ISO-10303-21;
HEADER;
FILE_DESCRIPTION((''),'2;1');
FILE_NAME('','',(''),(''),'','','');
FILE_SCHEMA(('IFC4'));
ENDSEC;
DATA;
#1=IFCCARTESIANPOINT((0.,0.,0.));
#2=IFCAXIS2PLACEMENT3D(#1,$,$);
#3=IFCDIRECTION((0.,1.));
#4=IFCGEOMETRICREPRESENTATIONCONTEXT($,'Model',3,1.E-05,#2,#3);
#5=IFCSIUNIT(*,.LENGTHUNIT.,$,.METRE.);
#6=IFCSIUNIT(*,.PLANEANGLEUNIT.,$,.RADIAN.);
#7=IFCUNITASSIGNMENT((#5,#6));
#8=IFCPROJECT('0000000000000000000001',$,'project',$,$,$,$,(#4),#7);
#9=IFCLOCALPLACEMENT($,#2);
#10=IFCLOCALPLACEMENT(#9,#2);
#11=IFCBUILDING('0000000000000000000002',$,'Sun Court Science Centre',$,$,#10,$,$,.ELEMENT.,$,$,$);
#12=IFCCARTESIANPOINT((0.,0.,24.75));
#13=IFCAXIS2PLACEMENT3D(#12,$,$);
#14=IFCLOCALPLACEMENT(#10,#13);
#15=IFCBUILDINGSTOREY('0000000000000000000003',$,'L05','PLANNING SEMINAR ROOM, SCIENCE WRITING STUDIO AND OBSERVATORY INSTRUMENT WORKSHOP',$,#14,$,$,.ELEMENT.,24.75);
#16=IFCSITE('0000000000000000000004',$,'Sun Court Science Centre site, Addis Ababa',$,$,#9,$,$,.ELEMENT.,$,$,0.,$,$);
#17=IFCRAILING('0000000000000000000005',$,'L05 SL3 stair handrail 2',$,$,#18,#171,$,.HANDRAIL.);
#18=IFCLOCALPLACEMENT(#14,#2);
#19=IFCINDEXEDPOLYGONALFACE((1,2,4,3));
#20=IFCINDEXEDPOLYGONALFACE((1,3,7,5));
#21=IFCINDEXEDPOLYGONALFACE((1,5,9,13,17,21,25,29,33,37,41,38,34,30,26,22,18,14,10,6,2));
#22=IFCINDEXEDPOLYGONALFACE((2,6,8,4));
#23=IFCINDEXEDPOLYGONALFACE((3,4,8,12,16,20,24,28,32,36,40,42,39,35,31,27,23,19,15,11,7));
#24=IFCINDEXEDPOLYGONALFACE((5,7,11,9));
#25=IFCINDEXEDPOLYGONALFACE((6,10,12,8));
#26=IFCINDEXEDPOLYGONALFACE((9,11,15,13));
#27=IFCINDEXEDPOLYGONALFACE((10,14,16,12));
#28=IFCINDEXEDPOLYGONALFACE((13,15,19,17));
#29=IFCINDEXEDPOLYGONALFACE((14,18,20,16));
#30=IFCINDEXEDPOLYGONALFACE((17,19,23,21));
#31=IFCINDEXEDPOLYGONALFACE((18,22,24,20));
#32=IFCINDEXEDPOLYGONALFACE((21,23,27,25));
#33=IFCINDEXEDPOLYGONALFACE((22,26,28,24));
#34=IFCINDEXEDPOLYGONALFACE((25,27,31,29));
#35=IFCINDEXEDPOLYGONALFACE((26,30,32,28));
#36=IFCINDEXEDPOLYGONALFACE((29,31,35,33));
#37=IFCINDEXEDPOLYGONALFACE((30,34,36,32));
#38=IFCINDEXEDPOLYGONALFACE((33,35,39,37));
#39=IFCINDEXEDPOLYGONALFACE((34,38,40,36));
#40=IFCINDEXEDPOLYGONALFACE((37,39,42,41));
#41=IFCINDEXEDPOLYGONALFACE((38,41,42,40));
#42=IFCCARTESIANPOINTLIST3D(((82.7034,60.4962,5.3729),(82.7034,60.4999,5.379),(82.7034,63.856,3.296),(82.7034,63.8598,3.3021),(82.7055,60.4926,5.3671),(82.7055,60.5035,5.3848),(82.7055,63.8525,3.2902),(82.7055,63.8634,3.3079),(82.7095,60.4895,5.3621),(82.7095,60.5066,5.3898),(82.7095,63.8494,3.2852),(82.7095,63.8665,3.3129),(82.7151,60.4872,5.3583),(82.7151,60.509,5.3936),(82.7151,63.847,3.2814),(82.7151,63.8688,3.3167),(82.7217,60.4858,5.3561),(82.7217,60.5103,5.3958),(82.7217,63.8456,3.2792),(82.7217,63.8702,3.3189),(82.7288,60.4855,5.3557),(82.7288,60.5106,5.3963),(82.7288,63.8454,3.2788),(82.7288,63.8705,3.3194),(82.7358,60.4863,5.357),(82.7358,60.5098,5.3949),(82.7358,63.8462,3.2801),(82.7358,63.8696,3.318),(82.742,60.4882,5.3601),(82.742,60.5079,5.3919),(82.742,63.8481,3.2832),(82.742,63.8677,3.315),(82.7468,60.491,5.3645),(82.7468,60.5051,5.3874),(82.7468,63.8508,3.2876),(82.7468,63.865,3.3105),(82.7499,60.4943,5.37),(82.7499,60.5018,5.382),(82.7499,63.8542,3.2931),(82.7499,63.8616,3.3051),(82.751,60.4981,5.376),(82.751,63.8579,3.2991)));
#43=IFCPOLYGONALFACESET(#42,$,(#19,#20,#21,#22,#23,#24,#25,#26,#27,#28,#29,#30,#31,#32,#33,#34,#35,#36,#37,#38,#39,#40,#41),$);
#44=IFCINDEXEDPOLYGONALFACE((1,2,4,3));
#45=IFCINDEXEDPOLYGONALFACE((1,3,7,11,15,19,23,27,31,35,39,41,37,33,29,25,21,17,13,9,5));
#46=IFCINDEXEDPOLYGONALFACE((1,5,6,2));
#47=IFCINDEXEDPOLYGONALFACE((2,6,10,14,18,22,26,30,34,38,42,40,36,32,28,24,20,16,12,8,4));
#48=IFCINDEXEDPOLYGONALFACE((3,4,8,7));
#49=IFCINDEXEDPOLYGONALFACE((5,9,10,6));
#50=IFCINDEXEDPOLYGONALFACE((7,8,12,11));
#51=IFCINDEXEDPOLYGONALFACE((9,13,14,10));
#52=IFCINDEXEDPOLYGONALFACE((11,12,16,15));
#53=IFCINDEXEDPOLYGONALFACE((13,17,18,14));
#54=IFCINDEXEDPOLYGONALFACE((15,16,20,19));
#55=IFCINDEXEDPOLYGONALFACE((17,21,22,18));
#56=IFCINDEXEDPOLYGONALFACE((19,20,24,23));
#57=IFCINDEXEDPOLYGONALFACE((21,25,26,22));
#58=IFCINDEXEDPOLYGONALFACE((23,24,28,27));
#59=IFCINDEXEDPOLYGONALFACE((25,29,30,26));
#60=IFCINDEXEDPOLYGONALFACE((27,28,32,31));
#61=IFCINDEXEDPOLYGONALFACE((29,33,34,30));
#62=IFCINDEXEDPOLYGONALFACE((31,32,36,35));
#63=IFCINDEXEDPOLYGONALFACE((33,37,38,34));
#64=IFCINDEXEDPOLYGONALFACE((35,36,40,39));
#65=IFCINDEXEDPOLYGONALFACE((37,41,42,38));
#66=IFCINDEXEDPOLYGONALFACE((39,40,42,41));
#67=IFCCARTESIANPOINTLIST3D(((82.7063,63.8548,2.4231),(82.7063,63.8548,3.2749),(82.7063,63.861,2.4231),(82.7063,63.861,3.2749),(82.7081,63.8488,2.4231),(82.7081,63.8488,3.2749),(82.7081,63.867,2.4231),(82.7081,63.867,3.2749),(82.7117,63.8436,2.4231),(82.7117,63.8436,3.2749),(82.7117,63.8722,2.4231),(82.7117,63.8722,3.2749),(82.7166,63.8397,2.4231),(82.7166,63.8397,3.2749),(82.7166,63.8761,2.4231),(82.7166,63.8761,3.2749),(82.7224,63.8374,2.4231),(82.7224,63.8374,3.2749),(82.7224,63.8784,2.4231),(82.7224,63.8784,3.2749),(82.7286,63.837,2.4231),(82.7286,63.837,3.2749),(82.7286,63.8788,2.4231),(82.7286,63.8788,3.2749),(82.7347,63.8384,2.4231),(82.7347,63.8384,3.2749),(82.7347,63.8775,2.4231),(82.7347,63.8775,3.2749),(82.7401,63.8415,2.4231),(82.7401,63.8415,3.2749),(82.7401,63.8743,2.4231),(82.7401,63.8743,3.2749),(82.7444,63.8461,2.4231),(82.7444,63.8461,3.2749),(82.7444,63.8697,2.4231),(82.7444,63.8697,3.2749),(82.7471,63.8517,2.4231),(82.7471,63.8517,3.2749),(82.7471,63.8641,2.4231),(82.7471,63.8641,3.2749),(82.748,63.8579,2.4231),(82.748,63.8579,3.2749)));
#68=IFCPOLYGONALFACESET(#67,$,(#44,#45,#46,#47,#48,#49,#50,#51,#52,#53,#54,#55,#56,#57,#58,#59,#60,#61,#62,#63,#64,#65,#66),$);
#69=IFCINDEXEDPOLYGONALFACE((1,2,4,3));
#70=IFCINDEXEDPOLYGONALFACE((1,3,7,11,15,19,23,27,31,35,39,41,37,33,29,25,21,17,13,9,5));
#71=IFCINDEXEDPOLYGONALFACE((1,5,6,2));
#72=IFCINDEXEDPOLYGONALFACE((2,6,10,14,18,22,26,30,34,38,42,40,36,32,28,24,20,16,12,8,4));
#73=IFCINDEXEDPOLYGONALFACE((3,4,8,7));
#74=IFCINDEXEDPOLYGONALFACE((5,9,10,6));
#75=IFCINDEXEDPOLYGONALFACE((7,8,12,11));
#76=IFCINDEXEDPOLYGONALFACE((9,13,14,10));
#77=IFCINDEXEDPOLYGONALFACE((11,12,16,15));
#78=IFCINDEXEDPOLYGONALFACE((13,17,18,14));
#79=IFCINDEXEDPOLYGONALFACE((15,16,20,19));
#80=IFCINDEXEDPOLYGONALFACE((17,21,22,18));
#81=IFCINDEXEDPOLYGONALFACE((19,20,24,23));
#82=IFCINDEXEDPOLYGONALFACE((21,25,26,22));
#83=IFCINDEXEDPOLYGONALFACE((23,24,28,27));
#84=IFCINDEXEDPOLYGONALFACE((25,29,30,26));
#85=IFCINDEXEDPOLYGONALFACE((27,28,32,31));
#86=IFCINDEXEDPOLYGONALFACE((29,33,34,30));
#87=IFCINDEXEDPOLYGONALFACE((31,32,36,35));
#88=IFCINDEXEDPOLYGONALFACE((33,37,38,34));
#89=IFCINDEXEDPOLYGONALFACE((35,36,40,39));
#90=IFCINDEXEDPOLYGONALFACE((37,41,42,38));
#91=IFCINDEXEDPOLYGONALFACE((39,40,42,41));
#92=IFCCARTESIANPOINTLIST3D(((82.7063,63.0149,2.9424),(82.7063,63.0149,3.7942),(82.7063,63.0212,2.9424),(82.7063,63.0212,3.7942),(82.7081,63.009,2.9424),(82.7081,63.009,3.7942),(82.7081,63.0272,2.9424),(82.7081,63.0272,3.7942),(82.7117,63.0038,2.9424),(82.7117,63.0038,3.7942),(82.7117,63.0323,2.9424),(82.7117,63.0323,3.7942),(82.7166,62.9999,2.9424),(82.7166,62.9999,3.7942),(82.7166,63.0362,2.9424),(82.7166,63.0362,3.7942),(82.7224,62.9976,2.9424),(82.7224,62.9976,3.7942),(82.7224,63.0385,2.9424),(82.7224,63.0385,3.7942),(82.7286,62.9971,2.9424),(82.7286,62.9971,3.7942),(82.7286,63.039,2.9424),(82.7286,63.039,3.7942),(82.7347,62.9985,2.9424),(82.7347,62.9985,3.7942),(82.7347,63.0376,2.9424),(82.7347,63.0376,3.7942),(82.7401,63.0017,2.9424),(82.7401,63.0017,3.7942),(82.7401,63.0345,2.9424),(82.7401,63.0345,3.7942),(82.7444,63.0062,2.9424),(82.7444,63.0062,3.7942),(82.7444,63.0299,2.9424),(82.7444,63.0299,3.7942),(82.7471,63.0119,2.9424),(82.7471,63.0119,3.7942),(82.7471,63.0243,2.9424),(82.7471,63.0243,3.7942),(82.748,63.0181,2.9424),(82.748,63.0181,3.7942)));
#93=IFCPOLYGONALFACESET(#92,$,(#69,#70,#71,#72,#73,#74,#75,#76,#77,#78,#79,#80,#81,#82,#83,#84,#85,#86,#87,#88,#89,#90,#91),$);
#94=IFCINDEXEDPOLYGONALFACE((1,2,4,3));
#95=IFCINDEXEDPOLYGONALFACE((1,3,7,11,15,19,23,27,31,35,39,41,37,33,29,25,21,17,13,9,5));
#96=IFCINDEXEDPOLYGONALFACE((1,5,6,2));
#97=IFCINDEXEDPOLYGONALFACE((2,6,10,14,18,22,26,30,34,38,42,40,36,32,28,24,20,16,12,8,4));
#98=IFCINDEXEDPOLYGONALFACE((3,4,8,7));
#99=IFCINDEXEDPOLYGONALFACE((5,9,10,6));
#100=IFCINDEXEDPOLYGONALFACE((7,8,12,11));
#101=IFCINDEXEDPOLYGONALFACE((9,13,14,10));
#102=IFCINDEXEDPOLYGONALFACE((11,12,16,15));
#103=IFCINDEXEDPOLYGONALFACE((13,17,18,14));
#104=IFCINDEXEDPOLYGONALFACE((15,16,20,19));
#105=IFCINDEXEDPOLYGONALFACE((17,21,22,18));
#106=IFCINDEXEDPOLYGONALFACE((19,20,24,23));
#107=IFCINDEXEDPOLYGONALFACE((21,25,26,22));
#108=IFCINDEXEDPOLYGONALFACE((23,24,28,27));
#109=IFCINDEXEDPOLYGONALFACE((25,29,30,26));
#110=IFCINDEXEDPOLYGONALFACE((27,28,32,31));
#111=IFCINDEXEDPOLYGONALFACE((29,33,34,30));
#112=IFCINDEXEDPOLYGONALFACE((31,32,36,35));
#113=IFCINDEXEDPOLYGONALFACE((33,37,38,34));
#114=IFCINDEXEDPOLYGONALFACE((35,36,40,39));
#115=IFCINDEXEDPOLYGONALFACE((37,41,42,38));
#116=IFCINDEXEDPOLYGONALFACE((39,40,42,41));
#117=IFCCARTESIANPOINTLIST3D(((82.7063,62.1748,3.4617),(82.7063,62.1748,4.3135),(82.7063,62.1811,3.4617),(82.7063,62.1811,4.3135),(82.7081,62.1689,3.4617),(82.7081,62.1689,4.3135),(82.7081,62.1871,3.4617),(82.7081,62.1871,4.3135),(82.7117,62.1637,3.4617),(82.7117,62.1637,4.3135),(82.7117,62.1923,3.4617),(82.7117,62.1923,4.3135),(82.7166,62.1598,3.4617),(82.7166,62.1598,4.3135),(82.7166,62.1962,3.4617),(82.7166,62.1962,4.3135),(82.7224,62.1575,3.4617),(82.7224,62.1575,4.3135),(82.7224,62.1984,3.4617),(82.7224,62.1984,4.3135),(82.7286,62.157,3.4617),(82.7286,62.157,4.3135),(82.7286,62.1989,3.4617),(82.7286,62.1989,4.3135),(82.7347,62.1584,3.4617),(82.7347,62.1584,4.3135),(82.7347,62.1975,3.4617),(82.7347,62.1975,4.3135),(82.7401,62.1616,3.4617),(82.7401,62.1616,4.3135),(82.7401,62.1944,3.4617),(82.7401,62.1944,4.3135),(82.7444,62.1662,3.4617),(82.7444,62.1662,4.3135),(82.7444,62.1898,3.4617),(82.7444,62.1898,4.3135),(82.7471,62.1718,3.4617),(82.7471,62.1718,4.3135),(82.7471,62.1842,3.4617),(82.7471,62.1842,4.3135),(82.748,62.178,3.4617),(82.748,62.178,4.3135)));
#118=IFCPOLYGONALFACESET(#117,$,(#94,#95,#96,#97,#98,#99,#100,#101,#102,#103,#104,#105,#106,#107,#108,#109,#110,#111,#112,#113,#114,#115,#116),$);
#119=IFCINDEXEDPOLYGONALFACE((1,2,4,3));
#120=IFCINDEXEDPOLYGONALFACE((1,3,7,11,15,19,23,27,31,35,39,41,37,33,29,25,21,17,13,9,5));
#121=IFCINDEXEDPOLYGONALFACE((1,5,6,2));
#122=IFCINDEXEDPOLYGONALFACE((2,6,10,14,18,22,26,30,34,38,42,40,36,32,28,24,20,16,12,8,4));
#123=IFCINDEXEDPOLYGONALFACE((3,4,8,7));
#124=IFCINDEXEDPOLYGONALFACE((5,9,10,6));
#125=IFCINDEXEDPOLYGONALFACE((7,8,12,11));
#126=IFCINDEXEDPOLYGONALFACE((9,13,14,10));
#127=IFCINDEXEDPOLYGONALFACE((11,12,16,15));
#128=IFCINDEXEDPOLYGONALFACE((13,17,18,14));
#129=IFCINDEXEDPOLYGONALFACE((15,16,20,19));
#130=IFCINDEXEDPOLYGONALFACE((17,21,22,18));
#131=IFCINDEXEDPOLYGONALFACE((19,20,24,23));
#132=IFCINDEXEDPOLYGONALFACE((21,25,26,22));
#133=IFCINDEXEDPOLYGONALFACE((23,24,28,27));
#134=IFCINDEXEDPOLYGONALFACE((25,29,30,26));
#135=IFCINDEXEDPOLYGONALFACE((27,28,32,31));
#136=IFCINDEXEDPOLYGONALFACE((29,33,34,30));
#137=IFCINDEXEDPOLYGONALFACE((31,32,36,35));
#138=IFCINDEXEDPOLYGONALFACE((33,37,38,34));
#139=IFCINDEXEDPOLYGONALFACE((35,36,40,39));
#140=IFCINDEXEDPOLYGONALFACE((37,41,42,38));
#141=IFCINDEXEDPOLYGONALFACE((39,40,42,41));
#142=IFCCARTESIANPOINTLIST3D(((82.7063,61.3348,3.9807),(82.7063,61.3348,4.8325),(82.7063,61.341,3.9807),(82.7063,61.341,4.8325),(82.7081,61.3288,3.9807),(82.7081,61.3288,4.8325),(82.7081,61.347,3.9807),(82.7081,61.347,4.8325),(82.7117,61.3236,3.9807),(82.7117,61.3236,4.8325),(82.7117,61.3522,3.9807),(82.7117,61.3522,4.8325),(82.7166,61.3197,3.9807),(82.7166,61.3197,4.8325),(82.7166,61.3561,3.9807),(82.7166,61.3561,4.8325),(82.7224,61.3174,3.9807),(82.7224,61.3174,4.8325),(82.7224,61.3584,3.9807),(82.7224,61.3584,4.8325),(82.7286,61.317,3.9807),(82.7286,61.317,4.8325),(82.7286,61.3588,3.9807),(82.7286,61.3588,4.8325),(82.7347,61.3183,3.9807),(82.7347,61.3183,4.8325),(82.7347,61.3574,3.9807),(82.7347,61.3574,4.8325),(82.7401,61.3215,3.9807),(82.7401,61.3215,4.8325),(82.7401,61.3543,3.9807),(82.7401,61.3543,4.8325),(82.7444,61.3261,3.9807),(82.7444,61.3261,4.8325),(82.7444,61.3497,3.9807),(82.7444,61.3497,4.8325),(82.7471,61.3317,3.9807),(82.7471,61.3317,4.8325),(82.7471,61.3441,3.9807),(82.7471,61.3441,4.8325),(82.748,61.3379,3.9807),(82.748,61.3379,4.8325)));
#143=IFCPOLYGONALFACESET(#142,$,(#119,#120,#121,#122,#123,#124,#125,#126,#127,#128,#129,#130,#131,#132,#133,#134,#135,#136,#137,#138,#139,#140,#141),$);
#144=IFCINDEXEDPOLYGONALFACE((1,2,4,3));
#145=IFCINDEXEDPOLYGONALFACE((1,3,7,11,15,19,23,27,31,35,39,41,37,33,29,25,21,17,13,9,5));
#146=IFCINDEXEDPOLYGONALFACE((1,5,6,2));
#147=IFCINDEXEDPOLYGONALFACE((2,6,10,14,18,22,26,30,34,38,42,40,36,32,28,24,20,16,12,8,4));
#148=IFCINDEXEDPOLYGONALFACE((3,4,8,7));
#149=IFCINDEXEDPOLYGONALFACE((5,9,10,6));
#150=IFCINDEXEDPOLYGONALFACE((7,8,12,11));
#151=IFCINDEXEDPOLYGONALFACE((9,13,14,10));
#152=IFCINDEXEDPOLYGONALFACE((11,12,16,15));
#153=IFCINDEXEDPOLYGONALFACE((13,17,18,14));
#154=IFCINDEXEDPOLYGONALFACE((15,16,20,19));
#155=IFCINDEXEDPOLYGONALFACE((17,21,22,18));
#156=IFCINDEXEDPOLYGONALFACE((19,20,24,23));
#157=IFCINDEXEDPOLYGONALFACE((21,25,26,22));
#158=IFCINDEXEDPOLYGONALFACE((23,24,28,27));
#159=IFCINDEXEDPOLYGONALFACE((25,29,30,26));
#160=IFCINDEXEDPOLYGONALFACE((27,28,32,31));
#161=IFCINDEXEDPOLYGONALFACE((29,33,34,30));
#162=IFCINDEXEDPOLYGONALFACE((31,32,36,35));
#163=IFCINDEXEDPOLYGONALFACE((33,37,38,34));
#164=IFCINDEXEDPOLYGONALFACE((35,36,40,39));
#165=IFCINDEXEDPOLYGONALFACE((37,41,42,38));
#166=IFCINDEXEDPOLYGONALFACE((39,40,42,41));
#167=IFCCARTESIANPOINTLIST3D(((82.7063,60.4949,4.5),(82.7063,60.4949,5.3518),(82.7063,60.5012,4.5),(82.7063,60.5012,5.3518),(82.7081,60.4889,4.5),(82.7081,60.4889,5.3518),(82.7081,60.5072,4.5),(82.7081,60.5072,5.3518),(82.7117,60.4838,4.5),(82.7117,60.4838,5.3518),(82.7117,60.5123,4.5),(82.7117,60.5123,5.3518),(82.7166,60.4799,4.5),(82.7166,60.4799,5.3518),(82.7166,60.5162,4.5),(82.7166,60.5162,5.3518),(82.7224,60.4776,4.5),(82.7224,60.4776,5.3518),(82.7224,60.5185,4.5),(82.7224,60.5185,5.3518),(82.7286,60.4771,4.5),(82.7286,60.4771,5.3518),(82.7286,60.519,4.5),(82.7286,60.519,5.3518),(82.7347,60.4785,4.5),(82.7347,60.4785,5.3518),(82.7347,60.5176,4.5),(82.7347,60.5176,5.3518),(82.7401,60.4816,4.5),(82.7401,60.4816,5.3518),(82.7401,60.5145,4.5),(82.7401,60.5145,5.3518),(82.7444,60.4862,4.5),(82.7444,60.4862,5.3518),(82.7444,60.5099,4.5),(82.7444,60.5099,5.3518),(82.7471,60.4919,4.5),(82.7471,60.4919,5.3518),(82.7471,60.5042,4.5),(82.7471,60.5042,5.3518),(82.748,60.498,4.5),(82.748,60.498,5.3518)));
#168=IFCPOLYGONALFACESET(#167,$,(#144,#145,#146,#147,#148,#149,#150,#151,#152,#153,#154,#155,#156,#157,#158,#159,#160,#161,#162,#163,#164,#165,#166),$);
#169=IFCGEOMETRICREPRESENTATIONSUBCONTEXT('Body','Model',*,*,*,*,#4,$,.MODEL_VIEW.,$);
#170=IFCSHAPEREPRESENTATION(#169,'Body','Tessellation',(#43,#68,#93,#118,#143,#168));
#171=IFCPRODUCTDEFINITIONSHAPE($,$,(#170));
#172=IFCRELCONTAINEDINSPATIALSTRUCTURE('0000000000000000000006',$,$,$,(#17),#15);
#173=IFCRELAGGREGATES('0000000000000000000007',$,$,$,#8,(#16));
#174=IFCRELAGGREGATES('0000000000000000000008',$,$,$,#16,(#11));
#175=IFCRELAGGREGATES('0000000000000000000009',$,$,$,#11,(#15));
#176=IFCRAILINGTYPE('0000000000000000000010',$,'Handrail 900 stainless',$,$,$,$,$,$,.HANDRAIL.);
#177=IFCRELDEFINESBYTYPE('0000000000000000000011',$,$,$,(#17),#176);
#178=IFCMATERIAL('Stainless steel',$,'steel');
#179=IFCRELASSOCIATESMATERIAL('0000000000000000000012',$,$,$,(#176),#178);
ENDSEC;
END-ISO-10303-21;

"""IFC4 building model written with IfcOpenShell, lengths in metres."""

from ifc_helpers import new_model, si_unit, direction, frame, origin, origin_2d, place, context, subcontext, project, spatial, circle, extrude, material, type_object, element, save


model = new_model("IFC4")

# Units and contexts
model_context = context("Model", 3, precision=1e-05, world=origin(), true_north=direction((0.0, 1.0)))
body_context = subcontext(model_context, "Body", "Model", "MODEL_VIEW")
ifc_project = project(units=[si_unit("LENGTHUNIT", "METRE"), si_unit("PLANEANGLEUNIT", "RADIAN")], contexts=[model_context])

# Site, building, storey
site_placement = place(None, origin())
site = spatial("IfcSite", under=ifc_project, at=site_placement, Name="Sun Court Science Centre site, Addis Ababa", CompositionType="ELEMENT", RefElevation=0.0)
building_placement = place(site_placement, origin())
building = spatial("IfcBuilding", under=site, at=building_placement, Name="Sun Court Science Centre", CompositionType="ELEMENT")
storey_placement = place(building_placement, frame((0.0, 0.0, 24.75)))
storey = spatial("IfcBuildingStorey", under=building, at=storey_placement, Name="L05", Description="PLANNING SEMINAR ROOM, SCIENCE WRITING STUDIO AND OBSERVATORY INSTRUMENT WORKSHOP", CompositionType="ELEMENT", Elevation=24.75)

# Railing
ifc_material_1 = material(Name="Stainless steel", Category="steel")
railing_type_1 = type_object("IfcRailingType", Name="Handrail 900 stainless", PredefinedType="HANDRAIL", material=ifc_material_1)
railing_1_placement = place(storey_placement, frame((82.7271, 63.8579, 2.4231)))
element("IfcRailing", 1, at=railing_1_placement, inside=storey, type_object=railing_type_1, Name="L05 SL3 stair handrail 2", PredefinedType="HANDRAIL", context=body_context, shape_type="SweptSolid", body=[
    extrude(circle(Radius=0.0239, at=origin_2d()), frame((0.0, 0.0, 0.876), z_axis=(0.0, -0.850606, 0.525803), x_axis=(1.0, 0.0, 0.0)), (0.0, 0.0, 1.0), 3.95),
    extrude(circle(Radius=0.021, at=origin_2d()), origin(), (0.0, 0.0, 1.0), 0.8518),
    extrude(circle(Radius=0.021, at=origin_2d()), frame((0.0, -0.8398, 0.5193)), (0.0, 0.0, 1.0), 0.8518),
    extrude(circle(Radius=0.021, at=origin_2d()), frame((0.0, -1.6799, 1.0386)), (0.0, 0.0, 1.0), 0.8518),
    extrude(circle(Radius=0.021, at=origin_2d()), frame((0.0, -2.52, 1.5576)), (0.0, 0.0, 1.0), 0.8518),
    extrude(circle(Radius=0.021, at=origin_2d()), frame((0.0, -3.3599, 2.0769)), (0.0, 0.0, 1.0), 0.8518),
])

save(model, "model.ifc")
